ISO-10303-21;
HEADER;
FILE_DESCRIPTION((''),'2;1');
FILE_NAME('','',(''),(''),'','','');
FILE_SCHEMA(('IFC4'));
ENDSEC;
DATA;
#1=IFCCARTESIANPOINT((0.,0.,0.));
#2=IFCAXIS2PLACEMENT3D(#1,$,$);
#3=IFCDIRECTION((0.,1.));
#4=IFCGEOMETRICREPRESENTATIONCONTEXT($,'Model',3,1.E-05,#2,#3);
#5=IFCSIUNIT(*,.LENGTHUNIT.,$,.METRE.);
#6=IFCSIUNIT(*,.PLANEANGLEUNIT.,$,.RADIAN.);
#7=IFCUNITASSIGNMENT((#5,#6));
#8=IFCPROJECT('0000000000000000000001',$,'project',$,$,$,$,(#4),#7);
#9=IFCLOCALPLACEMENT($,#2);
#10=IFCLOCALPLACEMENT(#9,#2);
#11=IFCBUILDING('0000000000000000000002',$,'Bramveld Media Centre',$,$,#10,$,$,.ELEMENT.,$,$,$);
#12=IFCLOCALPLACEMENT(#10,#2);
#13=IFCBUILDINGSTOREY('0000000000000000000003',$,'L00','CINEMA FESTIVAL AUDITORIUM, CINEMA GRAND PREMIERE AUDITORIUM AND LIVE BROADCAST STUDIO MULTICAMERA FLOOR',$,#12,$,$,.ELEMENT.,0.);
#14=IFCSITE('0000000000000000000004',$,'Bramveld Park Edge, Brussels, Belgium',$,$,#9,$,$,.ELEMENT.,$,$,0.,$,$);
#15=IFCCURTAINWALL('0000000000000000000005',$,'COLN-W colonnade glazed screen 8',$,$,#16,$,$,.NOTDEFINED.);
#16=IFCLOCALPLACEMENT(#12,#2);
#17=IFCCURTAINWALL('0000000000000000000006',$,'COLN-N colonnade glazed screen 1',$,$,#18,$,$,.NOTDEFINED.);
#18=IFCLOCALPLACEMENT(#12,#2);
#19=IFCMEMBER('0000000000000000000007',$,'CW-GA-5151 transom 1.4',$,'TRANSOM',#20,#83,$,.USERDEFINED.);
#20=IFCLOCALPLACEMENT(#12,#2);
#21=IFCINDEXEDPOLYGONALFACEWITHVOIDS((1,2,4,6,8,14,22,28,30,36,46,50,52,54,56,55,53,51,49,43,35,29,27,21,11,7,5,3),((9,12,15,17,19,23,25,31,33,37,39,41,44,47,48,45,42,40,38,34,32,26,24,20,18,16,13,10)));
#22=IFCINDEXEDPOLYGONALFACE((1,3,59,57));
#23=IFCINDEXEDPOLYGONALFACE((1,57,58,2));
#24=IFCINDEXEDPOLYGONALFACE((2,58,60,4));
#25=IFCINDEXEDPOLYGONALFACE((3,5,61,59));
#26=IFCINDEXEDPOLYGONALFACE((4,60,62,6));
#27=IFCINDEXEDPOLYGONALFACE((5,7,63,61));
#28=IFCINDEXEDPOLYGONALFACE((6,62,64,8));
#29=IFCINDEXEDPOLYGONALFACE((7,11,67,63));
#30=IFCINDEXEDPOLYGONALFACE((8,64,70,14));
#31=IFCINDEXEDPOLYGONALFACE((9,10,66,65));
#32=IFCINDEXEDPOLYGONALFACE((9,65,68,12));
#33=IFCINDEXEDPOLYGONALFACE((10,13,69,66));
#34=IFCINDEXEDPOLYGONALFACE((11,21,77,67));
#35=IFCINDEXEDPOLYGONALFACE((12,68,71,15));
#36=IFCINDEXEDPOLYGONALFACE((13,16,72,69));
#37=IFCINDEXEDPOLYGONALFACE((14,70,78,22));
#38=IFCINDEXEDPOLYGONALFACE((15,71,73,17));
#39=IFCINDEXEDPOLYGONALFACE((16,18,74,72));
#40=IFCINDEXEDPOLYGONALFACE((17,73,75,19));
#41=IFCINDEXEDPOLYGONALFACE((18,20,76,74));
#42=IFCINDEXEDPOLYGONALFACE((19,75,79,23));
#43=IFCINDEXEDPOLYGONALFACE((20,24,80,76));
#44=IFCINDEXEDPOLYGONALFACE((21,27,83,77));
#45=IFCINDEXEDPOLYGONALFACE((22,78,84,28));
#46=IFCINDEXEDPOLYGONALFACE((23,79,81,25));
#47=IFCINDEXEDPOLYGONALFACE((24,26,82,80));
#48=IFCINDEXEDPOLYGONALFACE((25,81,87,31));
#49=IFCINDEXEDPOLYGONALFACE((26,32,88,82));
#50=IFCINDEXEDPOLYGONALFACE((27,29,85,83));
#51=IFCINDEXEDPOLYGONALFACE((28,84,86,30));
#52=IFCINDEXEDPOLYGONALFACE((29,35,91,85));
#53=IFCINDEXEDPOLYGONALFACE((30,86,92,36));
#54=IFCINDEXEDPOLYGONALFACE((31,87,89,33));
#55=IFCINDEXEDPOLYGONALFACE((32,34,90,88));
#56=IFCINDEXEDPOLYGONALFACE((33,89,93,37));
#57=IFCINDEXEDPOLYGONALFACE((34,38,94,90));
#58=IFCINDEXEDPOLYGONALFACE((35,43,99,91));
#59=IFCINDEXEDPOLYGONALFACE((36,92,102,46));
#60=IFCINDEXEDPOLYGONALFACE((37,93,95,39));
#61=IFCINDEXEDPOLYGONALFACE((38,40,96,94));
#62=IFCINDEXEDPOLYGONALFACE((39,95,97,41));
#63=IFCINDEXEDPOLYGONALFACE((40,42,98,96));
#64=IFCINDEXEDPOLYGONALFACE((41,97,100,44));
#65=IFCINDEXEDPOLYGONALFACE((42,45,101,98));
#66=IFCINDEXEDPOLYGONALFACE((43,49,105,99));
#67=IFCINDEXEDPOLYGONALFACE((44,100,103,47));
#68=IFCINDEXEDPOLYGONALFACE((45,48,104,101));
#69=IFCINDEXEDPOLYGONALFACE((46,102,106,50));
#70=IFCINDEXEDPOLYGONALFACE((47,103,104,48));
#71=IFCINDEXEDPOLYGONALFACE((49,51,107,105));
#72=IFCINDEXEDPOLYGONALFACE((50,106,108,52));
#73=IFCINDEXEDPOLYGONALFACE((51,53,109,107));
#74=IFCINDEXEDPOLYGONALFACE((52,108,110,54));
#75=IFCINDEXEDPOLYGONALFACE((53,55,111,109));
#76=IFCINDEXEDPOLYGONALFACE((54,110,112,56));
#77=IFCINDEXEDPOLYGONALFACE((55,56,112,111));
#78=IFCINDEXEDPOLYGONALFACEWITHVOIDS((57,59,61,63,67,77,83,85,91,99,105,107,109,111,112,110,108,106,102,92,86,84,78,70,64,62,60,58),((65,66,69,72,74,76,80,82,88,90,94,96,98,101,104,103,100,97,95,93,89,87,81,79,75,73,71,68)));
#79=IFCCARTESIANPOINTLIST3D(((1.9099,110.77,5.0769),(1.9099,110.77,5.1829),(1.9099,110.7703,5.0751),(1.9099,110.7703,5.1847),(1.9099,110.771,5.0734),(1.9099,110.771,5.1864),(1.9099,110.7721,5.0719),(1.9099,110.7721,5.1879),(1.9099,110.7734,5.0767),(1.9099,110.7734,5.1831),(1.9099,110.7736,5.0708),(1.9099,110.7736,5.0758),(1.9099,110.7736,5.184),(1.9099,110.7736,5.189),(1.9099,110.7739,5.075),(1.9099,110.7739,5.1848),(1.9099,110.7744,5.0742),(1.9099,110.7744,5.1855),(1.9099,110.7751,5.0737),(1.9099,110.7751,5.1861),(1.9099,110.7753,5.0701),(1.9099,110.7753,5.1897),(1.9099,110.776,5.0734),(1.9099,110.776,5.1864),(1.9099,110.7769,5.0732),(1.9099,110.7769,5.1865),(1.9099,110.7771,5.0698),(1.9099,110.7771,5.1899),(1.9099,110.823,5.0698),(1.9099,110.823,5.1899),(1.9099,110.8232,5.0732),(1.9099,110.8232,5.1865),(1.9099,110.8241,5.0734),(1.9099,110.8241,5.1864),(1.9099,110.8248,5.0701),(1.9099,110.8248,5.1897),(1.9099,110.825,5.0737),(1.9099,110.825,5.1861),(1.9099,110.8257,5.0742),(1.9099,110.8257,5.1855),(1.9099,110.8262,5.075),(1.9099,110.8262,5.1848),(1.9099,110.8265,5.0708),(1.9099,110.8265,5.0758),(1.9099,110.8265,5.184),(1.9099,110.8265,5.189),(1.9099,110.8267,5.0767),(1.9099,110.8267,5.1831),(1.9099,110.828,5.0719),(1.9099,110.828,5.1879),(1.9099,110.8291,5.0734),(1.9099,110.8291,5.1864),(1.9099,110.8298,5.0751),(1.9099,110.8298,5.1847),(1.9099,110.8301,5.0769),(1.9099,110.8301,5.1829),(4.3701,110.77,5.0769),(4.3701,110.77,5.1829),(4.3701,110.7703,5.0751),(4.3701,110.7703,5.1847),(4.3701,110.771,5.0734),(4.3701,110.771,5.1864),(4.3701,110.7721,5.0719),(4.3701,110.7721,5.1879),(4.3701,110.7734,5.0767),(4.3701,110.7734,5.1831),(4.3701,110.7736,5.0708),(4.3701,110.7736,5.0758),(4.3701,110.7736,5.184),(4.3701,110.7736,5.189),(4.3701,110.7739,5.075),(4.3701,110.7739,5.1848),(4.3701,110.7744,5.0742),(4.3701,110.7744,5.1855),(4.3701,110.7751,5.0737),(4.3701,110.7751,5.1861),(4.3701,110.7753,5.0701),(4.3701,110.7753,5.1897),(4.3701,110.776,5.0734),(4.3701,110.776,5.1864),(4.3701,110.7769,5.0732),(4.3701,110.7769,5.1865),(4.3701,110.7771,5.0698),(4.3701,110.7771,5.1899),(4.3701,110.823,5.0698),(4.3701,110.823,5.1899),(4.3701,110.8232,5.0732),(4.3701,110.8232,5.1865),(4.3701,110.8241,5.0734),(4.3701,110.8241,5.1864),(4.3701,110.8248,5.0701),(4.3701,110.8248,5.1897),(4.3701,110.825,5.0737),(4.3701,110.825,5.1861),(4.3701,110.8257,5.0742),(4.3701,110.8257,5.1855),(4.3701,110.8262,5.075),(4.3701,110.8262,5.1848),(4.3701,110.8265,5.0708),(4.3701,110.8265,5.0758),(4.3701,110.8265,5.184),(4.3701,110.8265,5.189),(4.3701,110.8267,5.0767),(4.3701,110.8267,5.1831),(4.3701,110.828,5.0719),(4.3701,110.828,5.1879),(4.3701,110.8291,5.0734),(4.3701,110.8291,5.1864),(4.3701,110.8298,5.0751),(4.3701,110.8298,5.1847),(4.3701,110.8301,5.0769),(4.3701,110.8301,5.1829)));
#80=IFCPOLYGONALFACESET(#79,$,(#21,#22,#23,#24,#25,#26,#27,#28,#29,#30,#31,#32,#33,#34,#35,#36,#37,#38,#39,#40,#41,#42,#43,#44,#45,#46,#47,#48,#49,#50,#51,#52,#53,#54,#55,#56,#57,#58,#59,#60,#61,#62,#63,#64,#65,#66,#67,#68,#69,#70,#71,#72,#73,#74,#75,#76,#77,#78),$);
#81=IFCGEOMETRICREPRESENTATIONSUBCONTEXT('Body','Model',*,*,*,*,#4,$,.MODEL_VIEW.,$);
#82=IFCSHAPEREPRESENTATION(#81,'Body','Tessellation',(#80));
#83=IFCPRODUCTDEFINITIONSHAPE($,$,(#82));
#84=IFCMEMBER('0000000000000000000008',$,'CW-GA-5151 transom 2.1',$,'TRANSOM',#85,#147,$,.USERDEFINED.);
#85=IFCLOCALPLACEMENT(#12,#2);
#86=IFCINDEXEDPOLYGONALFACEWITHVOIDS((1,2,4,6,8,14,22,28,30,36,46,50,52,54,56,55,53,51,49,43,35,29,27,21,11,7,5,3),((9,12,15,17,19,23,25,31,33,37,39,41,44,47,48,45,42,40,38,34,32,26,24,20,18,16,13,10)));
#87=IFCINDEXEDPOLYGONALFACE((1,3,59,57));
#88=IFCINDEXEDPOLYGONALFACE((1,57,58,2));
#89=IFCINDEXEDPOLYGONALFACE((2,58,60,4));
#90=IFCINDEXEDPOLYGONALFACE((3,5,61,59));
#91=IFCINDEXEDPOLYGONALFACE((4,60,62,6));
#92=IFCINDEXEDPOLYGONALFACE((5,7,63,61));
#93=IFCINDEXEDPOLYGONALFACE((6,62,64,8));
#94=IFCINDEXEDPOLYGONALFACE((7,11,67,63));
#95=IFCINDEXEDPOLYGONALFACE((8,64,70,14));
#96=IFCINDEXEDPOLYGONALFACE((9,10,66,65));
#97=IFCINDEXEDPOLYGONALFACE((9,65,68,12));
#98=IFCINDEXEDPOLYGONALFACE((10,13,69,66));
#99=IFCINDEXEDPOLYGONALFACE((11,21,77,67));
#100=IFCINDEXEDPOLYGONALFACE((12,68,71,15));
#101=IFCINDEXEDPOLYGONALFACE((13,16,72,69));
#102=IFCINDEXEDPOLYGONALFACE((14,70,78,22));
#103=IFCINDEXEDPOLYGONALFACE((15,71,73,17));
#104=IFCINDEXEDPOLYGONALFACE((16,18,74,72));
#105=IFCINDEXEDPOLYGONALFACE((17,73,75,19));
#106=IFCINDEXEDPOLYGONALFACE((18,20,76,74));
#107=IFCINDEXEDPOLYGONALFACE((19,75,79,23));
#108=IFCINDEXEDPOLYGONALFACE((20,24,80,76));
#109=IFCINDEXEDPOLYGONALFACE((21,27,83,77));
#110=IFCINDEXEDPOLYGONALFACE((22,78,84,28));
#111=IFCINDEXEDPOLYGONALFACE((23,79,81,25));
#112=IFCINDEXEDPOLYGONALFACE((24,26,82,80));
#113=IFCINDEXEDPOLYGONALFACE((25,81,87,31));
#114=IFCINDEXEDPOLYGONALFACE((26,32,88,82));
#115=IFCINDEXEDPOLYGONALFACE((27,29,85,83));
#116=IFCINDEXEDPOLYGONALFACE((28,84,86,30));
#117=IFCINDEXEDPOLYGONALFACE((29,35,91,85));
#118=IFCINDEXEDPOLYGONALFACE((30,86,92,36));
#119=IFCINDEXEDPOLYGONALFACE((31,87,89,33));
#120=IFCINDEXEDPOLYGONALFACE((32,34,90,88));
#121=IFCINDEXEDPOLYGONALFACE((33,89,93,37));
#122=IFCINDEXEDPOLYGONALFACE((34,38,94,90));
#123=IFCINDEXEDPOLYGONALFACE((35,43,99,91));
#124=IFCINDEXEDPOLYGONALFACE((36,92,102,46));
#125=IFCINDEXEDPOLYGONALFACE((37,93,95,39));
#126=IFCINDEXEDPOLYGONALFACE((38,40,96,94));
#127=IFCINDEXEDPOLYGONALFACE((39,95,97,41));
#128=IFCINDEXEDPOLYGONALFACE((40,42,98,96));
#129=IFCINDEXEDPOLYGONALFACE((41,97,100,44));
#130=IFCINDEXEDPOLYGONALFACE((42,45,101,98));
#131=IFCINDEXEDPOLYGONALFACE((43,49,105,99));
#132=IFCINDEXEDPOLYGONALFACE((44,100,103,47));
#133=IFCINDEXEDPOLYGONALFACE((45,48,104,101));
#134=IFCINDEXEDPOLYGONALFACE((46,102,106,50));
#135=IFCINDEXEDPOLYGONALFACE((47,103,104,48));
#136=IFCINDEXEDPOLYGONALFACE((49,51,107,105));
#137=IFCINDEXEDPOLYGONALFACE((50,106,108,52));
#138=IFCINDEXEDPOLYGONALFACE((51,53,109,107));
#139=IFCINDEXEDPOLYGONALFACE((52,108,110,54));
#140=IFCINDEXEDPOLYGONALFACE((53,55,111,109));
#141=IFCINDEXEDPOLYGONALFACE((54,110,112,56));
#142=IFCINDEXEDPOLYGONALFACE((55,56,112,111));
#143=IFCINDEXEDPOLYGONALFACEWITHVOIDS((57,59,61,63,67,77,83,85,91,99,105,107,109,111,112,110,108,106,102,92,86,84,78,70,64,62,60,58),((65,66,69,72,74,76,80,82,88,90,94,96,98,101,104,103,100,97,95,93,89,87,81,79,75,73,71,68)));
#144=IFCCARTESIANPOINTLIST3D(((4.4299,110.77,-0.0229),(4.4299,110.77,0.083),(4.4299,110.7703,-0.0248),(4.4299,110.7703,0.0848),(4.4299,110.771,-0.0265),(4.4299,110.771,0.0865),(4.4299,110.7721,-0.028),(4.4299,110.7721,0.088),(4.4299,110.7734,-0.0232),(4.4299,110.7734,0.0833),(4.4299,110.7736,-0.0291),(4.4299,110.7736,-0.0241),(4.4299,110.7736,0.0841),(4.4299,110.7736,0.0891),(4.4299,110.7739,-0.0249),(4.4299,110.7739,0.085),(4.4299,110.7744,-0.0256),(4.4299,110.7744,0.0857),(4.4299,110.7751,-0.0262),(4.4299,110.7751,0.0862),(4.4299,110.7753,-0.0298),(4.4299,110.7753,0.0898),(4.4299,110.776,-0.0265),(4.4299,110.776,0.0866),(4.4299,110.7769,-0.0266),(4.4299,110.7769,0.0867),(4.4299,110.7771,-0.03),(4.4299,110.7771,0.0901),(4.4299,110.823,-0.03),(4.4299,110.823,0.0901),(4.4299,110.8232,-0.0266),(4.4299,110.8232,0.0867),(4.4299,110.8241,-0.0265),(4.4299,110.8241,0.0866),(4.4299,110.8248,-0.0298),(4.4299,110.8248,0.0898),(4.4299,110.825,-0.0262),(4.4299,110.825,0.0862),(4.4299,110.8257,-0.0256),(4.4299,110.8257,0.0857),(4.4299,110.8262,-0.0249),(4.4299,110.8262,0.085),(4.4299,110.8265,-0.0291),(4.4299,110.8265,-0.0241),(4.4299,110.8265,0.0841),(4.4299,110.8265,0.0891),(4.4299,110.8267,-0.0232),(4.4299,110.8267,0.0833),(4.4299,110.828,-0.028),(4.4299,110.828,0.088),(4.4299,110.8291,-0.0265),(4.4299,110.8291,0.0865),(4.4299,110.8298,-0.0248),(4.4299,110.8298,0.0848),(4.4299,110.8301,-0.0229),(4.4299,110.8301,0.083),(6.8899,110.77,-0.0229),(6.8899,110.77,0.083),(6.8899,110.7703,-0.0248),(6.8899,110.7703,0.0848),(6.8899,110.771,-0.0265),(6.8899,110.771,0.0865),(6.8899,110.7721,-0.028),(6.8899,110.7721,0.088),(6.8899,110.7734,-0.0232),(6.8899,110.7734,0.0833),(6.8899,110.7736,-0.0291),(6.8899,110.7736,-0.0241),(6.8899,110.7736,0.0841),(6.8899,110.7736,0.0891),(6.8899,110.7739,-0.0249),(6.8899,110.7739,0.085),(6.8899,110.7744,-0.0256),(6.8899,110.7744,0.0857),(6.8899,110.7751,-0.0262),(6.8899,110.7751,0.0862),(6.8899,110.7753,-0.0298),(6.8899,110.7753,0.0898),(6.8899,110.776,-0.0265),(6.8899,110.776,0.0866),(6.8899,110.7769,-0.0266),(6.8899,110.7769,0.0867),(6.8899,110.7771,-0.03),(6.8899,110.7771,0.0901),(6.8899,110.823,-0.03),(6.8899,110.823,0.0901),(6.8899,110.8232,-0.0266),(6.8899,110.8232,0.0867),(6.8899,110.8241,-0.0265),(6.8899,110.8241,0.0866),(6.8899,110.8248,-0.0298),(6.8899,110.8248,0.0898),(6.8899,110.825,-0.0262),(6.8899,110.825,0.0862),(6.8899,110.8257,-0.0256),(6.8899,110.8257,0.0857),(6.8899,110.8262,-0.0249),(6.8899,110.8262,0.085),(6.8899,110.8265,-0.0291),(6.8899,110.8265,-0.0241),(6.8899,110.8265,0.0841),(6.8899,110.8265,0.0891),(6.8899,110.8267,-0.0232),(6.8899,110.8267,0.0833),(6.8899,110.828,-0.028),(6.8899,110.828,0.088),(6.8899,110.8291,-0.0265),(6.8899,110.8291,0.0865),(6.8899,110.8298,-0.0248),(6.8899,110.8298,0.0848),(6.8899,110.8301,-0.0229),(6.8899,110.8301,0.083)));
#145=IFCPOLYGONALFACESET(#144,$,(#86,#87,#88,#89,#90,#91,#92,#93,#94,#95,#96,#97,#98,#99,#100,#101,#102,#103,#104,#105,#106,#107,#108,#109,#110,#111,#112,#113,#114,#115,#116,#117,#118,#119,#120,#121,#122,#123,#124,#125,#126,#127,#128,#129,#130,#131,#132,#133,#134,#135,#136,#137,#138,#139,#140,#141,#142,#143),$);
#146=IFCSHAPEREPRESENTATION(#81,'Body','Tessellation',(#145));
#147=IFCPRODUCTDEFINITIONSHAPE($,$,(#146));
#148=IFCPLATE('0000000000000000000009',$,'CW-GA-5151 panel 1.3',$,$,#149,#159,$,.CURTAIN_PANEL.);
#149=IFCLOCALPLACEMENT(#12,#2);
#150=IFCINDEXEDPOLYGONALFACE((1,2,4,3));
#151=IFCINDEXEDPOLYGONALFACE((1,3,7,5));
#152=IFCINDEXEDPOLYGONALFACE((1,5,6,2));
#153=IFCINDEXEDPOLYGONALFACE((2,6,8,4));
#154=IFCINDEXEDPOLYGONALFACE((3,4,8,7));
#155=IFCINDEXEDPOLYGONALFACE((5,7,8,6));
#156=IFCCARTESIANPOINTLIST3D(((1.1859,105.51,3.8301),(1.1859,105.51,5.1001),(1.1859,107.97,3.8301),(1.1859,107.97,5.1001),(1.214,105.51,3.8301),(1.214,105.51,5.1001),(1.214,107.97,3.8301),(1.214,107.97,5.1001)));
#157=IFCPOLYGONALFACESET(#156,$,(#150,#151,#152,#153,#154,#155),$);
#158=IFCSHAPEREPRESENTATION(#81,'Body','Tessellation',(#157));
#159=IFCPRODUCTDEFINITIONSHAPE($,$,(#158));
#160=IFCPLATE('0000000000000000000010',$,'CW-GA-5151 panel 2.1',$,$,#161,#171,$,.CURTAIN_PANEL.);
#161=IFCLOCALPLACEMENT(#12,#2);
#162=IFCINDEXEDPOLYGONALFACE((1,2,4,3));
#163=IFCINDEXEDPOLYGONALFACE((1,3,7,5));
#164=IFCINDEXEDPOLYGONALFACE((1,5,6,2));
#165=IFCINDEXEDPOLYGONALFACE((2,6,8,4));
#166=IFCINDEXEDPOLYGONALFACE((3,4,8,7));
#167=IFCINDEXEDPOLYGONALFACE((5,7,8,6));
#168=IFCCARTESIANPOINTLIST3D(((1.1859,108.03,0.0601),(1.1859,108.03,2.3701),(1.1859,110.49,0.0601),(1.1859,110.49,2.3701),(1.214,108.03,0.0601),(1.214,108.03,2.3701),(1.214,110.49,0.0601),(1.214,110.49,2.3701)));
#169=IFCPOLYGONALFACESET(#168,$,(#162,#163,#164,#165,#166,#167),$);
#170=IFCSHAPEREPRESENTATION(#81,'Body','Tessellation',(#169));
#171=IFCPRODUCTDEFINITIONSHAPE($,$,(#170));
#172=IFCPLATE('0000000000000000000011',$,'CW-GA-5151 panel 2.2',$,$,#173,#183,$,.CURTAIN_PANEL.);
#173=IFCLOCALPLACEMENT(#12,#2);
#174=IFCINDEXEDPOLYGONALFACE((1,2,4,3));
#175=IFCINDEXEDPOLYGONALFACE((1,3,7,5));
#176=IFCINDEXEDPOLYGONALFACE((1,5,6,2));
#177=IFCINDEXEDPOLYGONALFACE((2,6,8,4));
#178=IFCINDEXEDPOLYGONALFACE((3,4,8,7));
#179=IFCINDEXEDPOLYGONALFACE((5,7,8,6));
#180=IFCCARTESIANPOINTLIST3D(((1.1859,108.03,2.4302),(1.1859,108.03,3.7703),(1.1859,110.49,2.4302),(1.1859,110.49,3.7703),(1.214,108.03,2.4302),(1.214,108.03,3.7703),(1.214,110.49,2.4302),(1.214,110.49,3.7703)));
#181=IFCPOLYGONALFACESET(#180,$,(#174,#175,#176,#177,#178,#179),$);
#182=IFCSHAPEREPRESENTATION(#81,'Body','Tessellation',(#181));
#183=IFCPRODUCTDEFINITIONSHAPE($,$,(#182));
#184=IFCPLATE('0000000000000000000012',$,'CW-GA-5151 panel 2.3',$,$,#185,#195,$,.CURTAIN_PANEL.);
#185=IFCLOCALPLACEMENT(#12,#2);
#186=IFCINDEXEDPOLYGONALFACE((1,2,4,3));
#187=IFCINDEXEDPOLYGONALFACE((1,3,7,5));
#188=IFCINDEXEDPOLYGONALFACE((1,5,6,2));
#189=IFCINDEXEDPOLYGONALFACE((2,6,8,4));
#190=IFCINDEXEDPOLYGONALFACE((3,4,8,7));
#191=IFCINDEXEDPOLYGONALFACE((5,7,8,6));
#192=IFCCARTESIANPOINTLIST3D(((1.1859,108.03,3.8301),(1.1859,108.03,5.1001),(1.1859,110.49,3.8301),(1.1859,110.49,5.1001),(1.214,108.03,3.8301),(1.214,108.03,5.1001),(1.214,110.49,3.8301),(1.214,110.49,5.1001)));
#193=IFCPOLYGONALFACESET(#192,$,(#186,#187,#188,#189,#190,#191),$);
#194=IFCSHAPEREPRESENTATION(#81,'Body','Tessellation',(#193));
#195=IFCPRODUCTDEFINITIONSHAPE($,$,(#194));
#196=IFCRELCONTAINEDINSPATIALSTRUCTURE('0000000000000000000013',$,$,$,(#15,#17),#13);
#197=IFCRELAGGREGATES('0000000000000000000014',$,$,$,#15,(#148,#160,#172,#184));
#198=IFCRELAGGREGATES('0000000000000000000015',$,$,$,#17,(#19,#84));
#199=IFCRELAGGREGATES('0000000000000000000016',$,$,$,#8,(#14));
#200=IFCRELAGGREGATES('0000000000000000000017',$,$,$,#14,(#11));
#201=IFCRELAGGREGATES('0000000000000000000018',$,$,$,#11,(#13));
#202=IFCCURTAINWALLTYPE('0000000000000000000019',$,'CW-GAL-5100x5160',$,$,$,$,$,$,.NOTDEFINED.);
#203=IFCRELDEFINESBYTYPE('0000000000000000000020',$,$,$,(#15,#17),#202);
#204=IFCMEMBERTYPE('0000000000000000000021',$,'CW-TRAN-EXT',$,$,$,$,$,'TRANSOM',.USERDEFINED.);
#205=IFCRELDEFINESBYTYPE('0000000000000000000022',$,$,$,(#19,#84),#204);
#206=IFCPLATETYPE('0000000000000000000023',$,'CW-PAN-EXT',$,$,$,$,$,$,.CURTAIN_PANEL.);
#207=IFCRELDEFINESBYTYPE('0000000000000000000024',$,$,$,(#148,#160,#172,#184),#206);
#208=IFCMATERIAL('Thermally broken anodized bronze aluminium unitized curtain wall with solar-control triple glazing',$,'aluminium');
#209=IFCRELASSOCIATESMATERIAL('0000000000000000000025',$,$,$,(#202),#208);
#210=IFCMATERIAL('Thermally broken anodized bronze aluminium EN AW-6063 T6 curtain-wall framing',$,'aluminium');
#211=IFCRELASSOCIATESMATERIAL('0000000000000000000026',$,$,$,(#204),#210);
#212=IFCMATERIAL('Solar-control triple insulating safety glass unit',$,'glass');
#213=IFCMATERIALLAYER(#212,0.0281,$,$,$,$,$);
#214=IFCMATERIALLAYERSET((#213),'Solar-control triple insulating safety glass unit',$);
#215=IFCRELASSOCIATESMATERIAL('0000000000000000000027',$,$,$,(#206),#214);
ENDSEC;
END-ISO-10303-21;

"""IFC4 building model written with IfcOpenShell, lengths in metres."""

from ifc_helpers import new_model, si_unit, direction, frame, origin, origin_2d, place, context, subcontext, project, spatial, rectangle, hollow_rectangle, extrude, material, layer, layer_set, material_profile, profile_set, type_object, element, aggregate, save


model = new_model("IFC4")

# Units and contexts
model_context = context("Model", 3, precision=1e-05, world=origin(), true_north=direction((0.0, 1.0)))
body_context = subcontext(model_context, "Body", "Model", "MODEL_VIEW")
ifc_project = project(units=[si_unit("LENGTHUNIT", "METRE"), si_unit("PLANEANGLEUNIT", "RADIAN")], contexts=[model_context])

# Site, building, storey
site_placement = place(None, origin())
site = spatial("IfcSite", under=ifc_project, at=site_placement, Name="Bramveld Park Edge, Brussels, Belgium", CompositionType="ELEMENT", RefElevation=0.0)
building_placement = place(site_placement, origin())
building = spatial("IfcBuilding", under=site, at=building_placement, Name="Bramveld Media Centre", CompositionType="ELEMENT")
storey_placement = place(building_placement, origin())
storey = spatial("IfcBuildingStorey", under=building, at=storey_placement, Name="L00", Description="CINEMA FESTIVAL AUDITORIUM, CINEMA GRAND PREMIERE AUDITORIUM AND LIVE BROADCAST STUDIO MULTICAMERA FLOOR", CompositionType="ELEMENT", Elevation=0.0)

# Curtain walls
ifc_material_1 = material(Name="Thermally broken anodized bronze aluminium unitized curtain wall with solar-control triple glazing", Category="aluminium")
curtain_wall_type = type_object("IfcCurtainWallType", Name="CW-GAL-5100x5160", PredefinedType="NOTDEFINED", material=ifc_material_1)
curtain_wall_1_placement = place(storey_placement, origin())
curtain_wall_1 = element("IfcCurtainWall", 1, at=curtain_wall_1_placement, inside=storey, type_object=curtain_wall_type, Name="COLN-W colonnade glazed screen 8", PredefinedType="NOTDEFINED")
curtain_wall_2_placement = place(storey_placement, origin())
curtain_wall_2 = element("IfcCurtainWall", 2, at=curtain_wall_2_placement, inside=storey, type_object=curtain_wall_type, Name="COLN-N colonnade glazed screen 1", PredefinedType="NOTDEFINED")

# Members
ifc_material_2 = material(Name="Thermally broken anodized bronze aluminium EN AW-6063 T6 curtain-wall framing", Category="aluminium")
ifc_material_profile_1 = material_profile(ifc_material_2, hollow_rectangle(XDim=0.0601, YDim=0.1201, WallThickness=0.0034, InnerFilletRadius=0.0034, OuterFilletRadius=0.0071, at=origin_2d()), Name="AL-TRAN 60x120")
ifc_profile_set_1 = profile_set([ifc_material_profile_1], Name="Thermally broken anodized bronze aluminium EN AW-6063 T6 curtain-wall framing")
member_type_1 = type_object("IfcMemberType", Name="CW-TRAN-EXT", ElementType="TRANSOM", PredefinedType="USERDEFINED", material=ifc_profile_set_1)
member_1_placement = place(storey_placement, frame((1.9099, 110.8, 5.1299), z_axis=(1.0, 0.0, 0.0), x_axis=(0.0, 1.0, 0.0)))
member_1 = element("IfcMember", 3, at=member_1_placement, type_object=member_type_1, Name="CW-GA-5151 transom 1.4", ObjectType="TRANSOM", PredefinedType="USERDEFINED", context=body_context, shape_type="SweptSolid", body=[
    extrude(hollow_rectangle(XDim=0.0601, YDim=0.1201, WallThickness=0.0034, InnerFilletRadius=0.0034, OuterFilletRadius=0.0071, at=origin_2d()), origin(), (0.0, 0.0, 1.0), 2.4602),
])
member_2_placement = place(storey_placement, frame((4.4299, 110.8, 0.03), z_axis=(1.0, 0.0, 0.0), x_axis=(0.0, 1.0, 0.0)))
member_2 = element("IfcMember", 4, at=member_2_placement, type_object=member_type_1, Name="CW-GA-5151 transom 2.1", ObjectType="TRANSOM", PredefinedType="USERDEFINED", context=body_context, shape_type="SweptSolid", body=[
    extrude(hollow_rectangle(XDim=0.0601, YDim=0.1201, WallThickness=0.0034, InnerFilletRadius=0.0034, OuterFilletRadius=0.0071, at=origin_2d()), origin(), (0.0, 0.0, 1.0), 2.46),
])

# Plates
ifc_material_3 = material(Name="Solar-control triple insulating safety glass unit", Category="glass")
ifc_layer = layer(ifc_material_3, 0.0281)
ifc_layer_set = layer_set([ifc_layer], Name="Solar-control triple insulating safety glass unit")
plate_type = type_object("IfcPlateType", Name="CW-PAN-EXT", PredefinedType="CURTAIN_PANEL", material=ifc_layer_set)
plate_1_placement = place(storey_placement, frame((1.2, 106.74, 3.8301), z_axis=(0.0, 0.0, 1.0), x_axis=(0.0, 1.0, 0.0)))
plate_1 = element("IfcPlate", 5, at=plate_1_placement, type_object=plate_type, Name="CW-GA-5151 panel 1.3", PredefinedType="CURTAIN_PANEL", context=body_context, shape_type="SweptSolid", body=[
    extrude(rectangle(XDim=2.46, YDim=0.0281, at=origin_2d()), origin(), (0.0, 0.0, 1.0), 1.27),
])
plate_2_placement = place(storey_placement, frame((1.2, 109.26, 0.0601), z_axis=(0.0, 0.0, 1.0), x_axis=(0.0, 1.0, 0.0)))
plate_2 = element("IfcPlate", 6, at=plate_2_placement, type_object=plate_type, Name="CW-GA-5151 panel 2.1", PredefinedType="CURTAIN_PANEL", context=body_context, shape_type="SweptSolid", body=[
    extrude(rectangle(XDim=2.46, YDim=0.0281, at=origin_2d()), origin(), (0.0, 0.0, 1.0), 2.3101),
])
plate_3_placement = place(storey_placement, frame((1.2, 109.26, 2.4302), z_axis=(0.0, 0.0, 1.0), x_axis=(0.0, 1.0, 0.0)))
plate_3 = element("IfcPlate", 7, at=plate_3_placement, type_object=plate_type, Name="CW-GA-5151 panel 2.2", PredefinedType="CURTAIN_PANEL", context=body_context, shape_type="SweptSolid", body=[
    extrude(rectangle(XDim=2.46, YDim=0.0281, at=origin_2d()), origin(), (0.0, 0.0, 1.0), 1.3401),
])
plate_4_placement = place(storey_placement, frame((1.2, 109.26, 3.8301), z_axis=(0.0, 0.0, 1.0), x_axis=(0.0, 1.0, 0.0)))
plate_4 = element("IfcPlate", 8, at=plate_4_placement, type_object=plate_type, Name="CW-GA-5151 panel 2.3", PredefinedType="CURTAIN_PANEL", context=body_context, shape_type="SweptSolid", body=[
    extrude(rectangle(XDim=2.46, YDim=0.0281, at=origin_2d()), origin(), (0.0, 0.0, 1.0), 1.27),
])
aggregate(curtain_wall_1, [plate_1, plate_2, plate_3, plate_4])
aggregate(curtain_wall_2, [member_1, member_2])

save(model, "model.ifc")
